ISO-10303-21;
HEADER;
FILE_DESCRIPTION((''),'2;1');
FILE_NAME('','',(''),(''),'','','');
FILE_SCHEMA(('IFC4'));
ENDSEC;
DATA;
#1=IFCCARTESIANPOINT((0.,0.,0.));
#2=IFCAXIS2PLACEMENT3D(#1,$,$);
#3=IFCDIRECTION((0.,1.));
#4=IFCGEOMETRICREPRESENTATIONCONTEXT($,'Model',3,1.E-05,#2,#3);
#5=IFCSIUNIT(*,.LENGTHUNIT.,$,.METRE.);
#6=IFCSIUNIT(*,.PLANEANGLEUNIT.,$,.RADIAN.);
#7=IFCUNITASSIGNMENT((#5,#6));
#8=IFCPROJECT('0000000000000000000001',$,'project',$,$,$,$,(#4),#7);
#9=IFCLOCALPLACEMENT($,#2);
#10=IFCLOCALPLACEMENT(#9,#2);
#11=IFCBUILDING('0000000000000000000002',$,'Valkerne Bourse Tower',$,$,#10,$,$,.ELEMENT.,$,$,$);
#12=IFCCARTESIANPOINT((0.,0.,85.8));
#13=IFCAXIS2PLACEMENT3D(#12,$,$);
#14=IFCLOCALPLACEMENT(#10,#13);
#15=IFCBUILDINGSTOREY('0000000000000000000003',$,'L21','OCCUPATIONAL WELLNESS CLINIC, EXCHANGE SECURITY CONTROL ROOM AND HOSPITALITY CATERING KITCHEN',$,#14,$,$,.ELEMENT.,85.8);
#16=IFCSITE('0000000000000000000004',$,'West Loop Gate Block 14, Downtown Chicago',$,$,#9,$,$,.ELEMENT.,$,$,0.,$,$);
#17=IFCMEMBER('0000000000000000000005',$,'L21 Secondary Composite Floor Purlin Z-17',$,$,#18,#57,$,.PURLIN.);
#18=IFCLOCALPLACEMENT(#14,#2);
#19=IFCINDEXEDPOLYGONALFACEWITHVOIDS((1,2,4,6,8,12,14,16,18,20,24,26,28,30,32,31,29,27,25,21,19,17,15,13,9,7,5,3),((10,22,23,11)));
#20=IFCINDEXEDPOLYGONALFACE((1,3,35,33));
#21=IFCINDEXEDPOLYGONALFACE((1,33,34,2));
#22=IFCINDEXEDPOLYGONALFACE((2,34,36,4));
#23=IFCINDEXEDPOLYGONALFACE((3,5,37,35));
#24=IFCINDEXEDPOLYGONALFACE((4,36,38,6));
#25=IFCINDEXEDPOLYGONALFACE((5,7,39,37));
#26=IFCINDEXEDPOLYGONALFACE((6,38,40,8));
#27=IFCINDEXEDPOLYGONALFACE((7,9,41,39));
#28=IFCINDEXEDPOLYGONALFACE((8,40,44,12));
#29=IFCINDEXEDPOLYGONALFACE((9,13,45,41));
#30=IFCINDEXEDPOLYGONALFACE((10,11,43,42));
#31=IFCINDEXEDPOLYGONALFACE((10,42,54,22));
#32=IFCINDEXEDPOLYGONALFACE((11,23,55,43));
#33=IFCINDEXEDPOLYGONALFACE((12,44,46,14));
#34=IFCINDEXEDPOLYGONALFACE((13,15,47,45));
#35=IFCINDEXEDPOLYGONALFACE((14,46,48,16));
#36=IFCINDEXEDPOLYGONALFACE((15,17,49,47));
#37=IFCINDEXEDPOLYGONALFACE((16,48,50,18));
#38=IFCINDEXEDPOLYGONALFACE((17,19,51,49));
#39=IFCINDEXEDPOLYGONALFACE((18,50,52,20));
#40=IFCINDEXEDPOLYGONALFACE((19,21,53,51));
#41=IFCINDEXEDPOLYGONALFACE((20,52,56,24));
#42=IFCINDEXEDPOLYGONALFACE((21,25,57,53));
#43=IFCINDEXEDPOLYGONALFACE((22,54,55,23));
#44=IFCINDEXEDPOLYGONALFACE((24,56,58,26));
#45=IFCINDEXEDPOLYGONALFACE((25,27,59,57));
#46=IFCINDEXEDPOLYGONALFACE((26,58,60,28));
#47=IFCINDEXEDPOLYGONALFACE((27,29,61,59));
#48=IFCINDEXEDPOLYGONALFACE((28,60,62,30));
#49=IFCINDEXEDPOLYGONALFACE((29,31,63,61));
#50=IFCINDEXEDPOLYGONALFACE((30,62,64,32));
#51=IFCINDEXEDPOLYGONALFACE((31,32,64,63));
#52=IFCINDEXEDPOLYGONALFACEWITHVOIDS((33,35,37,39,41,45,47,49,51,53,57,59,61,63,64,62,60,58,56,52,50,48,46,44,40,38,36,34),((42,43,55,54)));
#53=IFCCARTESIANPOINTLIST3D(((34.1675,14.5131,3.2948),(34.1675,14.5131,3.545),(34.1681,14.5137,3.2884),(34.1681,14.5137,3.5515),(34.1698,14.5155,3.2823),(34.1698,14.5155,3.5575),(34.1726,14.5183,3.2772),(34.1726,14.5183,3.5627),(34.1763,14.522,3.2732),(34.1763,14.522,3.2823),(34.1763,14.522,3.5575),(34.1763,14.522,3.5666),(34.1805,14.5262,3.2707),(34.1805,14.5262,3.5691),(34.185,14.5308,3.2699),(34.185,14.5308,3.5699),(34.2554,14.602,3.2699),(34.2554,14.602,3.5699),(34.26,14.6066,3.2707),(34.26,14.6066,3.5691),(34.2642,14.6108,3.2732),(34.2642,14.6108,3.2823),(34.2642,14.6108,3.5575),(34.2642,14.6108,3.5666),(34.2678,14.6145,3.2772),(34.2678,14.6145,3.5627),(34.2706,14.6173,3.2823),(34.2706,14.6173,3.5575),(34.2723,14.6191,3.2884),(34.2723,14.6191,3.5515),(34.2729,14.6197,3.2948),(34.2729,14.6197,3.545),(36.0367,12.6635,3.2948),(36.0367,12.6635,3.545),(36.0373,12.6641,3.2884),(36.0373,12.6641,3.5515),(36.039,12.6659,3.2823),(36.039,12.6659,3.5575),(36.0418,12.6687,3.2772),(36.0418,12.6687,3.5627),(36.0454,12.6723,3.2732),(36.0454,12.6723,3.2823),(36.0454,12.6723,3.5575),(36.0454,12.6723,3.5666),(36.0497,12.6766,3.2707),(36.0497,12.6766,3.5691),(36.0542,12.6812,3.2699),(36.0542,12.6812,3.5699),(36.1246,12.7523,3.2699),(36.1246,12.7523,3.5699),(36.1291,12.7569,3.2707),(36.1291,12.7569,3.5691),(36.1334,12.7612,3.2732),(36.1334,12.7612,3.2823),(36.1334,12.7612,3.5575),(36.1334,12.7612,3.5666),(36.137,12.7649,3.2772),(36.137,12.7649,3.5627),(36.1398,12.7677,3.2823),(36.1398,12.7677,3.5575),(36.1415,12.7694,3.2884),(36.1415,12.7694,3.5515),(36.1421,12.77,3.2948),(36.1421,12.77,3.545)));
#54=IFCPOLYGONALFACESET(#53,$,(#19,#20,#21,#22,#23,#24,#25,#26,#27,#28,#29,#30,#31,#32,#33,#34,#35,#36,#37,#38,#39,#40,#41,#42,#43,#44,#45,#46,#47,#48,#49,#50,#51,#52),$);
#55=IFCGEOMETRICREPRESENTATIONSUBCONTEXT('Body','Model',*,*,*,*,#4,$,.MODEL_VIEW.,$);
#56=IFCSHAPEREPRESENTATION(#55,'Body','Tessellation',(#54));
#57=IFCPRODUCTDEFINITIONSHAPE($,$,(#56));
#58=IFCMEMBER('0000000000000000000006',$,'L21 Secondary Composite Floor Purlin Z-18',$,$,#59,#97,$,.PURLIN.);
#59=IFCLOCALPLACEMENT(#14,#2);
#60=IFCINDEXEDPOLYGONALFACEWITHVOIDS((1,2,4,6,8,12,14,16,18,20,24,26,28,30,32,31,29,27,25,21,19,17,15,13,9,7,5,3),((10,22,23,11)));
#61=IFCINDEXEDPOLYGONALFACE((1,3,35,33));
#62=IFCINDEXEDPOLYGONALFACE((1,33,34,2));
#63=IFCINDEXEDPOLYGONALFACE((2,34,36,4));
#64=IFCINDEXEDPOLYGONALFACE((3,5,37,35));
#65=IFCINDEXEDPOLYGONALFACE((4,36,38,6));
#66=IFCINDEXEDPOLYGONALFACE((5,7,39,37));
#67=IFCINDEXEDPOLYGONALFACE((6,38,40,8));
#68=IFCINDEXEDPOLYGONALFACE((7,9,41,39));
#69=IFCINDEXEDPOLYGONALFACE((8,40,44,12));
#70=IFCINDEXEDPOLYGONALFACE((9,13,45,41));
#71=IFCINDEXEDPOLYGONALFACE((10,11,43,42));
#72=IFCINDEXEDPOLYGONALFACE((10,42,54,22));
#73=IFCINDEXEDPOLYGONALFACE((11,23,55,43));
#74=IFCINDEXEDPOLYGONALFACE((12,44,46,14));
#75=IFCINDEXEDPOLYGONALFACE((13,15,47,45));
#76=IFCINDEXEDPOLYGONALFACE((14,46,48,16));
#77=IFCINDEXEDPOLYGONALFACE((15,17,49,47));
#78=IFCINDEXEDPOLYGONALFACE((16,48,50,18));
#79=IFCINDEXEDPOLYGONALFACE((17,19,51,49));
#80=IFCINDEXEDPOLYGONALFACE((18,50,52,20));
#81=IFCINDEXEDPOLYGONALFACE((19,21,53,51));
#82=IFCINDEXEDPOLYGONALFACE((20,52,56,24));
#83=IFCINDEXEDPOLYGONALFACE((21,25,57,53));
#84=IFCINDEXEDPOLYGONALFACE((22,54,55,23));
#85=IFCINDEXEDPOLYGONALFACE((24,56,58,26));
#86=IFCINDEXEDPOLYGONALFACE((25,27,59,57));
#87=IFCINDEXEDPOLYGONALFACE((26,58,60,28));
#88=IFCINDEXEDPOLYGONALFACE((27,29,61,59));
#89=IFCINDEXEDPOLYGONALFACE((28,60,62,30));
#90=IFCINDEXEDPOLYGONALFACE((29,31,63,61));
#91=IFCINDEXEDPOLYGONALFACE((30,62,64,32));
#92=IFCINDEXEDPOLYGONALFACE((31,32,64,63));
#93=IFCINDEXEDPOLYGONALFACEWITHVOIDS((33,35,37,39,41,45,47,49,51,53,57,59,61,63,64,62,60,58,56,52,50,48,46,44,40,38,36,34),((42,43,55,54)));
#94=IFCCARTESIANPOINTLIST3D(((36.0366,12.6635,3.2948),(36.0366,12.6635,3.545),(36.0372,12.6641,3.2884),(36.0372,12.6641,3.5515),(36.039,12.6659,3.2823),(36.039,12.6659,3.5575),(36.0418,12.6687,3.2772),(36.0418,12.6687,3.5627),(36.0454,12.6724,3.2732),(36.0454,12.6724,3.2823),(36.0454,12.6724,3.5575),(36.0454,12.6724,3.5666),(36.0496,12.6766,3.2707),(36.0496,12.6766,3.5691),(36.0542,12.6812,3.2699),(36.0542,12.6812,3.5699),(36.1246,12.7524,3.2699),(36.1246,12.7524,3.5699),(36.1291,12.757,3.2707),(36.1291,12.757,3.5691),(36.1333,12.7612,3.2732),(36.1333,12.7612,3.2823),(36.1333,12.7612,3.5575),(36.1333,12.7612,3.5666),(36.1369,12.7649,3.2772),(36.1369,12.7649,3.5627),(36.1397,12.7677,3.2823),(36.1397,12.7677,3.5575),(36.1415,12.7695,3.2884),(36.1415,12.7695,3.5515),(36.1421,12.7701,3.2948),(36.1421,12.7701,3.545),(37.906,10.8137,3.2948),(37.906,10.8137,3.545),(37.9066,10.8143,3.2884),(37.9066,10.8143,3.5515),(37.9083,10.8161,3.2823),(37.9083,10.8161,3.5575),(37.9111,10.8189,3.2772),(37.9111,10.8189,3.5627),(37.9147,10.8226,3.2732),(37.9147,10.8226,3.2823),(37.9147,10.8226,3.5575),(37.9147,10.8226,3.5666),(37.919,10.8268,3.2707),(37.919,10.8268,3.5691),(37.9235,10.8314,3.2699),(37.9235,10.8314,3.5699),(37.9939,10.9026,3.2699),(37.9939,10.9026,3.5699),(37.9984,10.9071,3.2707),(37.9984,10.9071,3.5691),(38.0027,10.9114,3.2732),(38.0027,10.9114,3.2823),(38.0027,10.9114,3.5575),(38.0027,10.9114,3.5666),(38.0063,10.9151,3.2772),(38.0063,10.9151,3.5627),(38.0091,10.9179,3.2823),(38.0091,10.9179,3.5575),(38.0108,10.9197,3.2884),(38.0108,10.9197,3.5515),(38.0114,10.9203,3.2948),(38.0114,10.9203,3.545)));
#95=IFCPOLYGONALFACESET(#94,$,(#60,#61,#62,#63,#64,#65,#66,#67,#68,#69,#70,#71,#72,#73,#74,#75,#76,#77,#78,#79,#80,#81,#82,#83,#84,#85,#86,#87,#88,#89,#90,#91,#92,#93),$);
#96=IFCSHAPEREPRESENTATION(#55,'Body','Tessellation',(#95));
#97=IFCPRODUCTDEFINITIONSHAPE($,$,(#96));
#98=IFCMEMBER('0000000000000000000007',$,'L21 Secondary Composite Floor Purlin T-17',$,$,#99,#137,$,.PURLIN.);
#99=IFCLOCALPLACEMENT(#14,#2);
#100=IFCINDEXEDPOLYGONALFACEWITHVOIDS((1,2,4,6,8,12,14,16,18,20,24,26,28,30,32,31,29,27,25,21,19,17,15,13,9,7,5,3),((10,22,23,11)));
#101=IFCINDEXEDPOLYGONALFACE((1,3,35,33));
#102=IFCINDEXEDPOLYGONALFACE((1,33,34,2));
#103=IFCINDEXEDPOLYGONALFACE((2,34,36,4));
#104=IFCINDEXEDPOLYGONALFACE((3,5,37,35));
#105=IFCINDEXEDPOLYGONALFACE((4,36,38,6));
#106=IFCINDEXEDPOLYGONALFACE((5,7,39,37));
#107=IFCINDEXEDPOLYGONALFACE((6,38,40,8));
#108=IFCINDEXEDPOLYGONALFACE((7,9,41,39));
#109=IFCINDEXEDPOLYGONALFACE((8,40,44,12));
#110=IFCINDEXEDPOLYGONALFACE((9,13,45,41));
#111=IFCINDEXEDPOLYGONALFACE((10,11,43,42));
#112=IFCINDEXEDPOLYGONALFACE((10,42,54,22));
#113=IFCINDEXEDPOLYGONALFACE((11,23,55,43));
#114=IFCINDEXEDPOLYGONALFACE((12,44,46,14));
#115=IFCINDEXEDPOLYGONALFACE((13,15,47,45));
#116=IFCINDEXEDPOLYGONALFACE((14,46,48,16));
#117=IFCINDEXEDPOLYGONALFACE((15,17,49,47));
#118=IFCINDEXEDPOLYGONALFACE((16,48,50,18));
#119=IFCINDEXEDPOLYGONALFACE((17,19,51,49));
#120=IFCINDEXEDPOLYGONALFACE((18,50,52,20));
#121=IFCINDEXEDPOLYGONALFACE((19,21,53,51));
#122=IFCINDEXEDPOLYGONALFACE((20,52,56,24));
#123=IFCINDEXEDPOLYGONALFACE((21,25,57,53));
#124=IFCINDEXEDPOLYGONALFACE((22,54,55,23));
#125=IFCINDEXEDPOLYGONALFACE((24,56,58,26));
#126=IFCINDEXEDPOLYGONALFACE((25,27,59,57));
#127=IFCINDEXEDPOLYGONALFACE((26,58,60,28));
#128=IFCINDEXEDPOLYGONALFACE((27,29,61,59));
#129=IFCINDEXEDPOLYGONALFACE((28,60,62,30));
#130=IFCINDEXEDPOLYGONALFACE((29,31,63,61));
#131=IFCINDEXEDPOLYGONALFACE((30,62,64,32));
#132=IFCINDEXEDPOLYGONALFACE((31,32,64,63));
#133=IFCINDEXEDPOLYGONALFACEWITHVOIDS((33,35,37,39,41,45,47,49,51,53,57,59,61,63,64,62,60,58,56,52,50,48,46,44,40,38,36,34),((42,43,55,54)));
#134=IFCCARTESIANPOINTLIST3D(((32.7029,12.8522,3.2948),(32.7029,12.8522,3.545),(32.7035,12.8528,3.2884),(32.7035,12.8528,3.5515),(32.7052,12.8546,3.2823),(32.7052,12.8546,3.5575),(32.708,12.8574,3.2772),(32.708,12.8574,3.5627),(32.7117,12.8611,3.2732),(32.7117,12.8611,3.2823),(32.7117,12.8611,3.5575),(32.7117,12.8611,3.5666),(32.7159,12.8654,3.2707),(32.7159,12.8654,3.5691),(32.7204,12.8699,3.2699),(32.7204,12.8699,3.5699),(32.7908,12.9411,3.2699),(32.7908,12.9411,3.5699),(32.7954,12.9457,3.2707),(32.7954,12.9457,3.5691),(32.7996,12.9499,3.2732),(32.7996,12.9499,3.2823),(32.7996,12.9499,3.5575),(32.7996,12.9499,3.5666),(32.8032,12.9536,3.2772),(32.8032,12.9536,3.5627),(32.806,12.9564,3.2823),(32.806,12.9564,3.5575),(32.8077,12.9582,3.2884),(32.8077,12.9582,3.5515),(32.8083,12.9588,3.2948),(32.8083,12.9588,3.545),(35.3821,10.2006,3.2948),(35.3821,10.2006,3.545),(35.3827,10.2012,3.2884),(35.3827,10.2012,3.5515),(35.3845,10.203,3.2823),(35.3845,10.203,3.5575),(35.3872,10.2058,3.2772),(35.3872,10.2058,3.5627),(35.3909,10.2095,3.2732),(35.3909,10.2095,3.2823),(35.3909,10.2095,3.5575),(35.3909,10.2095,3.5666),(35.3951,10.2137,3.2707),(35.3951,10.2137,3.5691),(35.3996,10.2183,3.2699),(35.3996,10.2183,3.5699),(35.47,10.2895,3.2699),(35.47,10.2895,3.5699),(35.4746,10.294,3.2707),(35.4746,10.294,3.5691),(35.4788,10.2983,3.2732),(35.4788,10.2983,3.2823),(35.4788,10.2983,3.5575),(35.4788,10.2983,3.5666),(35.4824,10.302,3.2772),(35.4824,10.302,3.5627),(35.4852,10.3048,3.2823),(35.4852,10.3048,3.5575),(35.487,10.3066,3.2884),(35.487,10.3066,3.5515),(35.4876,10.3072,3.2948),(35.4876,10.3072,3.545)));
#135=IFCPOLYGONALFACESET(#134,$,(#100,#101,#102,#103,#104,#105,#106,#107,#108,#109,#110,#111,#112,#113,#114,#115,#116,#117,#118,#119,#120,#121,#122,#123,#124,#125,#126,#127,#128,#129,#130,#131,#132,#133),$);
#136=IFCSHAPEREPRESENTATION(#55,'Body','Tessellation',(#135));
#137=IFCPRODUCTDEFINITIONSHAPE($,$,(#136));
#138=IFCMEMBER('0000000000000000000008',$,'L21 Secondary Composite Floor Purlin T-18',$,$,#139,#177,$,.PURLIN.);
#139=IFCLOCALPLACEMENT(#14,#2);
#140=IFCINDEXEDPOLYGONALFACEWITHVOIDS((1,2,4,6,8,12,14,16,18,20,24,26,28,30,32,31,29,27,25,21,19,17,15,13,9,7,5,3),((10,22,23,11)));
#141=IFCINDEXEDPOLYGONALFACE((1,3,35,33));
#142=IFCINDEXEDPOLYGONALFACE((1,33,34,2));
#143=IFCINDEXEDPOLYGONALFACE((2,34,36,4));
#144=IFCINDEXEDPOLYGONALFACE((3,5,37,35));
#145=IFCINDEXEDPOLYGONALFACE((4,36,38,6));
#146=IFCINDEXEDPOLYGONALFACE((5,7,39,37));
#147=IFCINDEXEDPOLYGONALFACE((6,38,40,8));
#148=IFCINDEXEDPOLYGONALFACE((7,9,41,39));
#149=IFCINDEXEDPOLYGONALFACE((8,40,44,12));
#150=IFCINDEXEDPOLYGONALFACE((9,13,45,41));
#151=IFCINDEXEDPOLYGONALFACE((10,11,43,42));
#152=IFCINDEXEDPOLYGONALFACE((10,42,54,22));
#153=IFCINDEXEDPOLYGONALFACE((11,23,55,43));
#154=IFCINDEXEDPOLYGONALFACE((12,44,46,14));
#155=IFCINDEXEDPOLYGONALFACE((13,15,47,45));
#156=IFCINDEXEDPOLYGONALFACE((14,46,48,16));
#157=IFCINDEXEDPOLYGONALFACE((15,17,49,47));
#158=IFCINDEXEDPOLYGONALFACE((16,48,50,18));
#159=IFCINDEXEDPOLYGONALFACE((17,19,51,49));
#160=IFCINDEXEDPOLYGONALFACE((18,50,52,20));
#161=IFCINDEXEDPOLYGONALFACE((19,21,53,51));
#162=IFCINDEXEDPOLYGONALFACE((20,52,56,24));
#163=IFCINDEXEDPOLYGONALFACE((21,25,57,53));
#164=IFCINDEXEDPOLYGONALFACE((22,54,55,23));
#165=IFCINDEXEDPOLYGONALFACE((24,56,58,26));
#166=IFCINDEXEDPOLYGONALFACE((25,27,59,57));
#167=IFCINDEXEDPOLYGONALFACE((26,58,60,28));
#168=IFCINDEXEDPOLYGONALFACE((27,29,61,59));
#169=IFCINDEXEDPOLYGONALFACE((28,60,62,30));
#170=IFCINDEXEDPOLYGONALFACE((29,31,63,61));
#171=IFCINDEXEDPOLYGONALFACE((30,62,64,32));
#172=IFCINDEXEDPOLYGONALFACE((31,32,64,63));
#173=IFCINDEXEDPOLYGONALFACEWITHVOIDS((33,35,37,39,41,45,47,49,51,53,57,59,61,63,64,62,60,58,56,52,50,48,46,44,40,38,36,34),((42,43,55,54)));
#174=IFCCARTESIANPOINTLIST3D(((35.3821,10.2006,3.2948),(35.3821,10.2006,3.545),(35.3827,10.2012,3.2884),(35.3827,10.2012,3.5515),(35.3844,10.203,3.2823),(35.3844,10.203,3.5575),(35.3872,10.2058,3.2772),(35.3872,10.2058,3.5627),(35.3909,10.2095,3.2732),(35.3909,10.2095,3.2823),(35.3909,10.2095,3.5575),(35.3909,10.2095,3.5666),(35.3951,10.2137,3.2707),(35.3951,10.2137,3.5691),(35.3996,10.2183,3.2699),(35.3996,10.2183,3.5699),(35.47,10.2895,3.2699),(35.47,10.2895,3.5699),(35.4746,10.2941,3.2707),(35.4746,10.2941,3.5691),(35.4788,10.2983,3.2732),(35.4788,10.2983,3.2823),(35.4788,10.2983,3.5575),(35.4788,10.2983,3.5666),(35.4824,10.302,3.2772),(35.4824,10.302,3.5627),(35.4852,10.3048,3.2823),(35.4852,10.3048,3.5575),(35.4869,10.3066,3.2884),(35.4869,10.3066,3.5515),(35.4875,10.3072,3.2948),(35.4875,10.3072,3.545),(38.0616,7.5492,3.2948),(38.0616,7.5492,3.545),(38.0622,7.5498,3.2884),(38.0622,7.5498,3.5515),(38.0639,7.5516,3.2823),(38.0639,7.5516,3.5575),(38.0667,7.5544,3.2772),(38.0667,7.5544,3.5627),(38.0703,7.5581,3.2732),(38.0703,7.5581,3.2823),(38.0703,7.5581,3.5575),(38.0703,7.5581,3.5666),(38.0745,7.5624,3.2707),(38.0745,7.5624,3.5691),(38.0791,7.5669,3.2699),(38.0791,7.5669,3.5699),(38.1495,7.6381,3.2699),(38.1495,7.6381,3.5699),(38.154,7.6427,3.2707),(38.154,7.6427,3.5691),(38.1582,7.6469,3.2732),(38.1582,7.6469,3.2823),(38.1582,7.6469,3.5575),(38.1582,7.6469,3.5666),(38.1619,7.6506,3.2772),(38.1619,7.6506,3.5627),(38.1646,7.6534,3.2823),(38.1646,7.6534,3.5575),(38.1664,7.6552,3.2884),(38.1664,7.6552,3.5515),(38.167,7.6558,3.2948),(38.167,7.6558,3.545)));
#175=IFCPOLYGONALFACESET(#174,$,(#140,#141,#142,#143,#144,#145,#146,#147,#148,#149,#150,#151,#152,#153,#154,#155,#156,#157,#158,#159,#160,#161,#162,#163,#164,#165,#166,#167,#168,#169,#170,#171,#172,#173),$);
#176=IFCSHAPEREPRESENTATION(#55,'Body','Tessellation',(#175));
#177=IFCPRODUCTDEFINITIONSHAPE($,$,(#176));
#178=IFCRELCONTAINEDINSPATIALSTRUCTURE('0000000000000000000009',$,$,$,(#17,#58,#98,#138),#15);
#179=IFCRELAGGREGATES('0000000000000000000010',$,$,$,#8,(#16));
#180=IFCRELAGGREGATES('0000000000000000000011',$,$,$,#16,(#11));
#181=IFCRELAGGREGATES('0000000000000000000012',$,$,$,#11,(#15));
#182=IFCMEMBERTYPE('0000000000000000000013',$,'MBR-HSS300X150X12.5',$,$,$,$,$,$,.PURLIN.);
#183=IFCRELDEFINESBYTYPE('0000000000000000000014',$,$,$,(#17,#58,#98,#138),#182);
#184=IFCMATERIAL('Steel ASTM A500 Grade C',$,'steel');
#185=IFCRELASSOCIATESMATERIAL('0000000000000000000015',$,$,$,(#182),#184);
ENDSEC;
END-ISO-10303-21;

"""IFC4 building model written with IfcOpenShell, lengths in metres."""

from ifc_helpers import new_model, si_unit, direction, frame, origin, origin_2d, place, context, subcontext, project, spatial, hollow_rectangle, extrude, material, material_profile, profile_set, type_object, element, save


model = new_model("IFC4")

# Units and contexts
model_context = context("Model", 3, precision=1e-05, world=origin(), true_north=direction((0.0, 1.0)))
body_context = subcontext(model_context, "Body", "Model", "MODEL_VIEW")
ifc_project = project(units=[si_unit("LENGTHUNIT", "METRE"), si_unit("PLANEANGLEUNIT", "RADIAN")], contexts=[model_context])

# Site, building, storey
site_placement = place(None, origin())
site = spatial("IfcSite", under=ifc_project, at=site_placement, Name="West Loop Gate Block 14, Downtown Chicago", CompositionType="ELEMENT", RefElevation=0.0)
building_placement = place(site_placement, origin())
building = spatial("IfcBuilding", under=site, at=building_placement, Name="Valkerne Bourse Tower", CompositionType="ELEMENT")
storey_placement = place(building_placement, frame((0.0, 0.0, 85.8)))
storey = spatial("IfcBuildingStorey", under=building, at=storey_placement, Name="L21", Description="OCCUPATIONAL WELLNESS CLINIC, EXCHANGE SECURITY CONTROL ROOM AND HOSPITALITY CATERING KITCHEN", CompositionType="ELEMENT", Elevation=85.8)

# Members
ifc_material_1 = material(Name="Steel ASTM A500 Grade C", Category="steel")
ifc_material_profile_1 = material_profile(ifc_material_1, hollow_rectangle(XDim=0.1499, YDim=0.3, WallThickness=0.0125, OuterFilletRadius=0.0249, at=origin_2d()), Name="HSS300X150X12.5")
ifc_profile_set_1 = profile_set([ifc_material_profile_1], Name="Steel ASTM A500 Grade C")
member_type_1 = type_object("IfcMemberType", Name="MBR-HSS300X150X12.5", PredefinedType="PURLIN", material=ifc_profile_set_1)
member_1_placement = place(storey_placement, frame((34.2202, 14.5664, 3.4199), z_axis=(0.710811, -0.703383, 0.0), x_axis=(0.703383, 0.710811, 0.0)))
element("IfcMember", 1, at=member_1_placement, inside=storey, type_object=member_type_1, Name="L21 Secondary Composite Floor Purlin Z-17", PredefinedType="PURLIN", context=body_context, shape_type="SweptSolid", body=[
    extrude(hollow_rectangle(XDim=0.1499, YDim=0.3, WallThickness=0.0125, OuterFilletRadius=0.0249, at=origin_2d()), origin(), (0.0, 0.0, 1.0), 2.6296),
])
member_2_placement = place(storey_placement, frame((36.0894, 12.7168, 3.4199), z_axis=(0.71081, -0.703384, 0.0), x_axis=(0.703384, 0.71081, 0.0)))
element("IfcMember", 2, at=member_2_placement, inside=storey, type_object=member_type_1, Name="L21 Secondary Composite Floor Purlin Z-18", PredefinedType="PURLIN", context=body_context, shape_type="SweptSolid", body=[
    extrude(hollow_rectangle(XDim=0.1499, YDim=0.3, WallThickness=0.0125, OuterFilletRadius=0.0249, at=origin_2d()), origin(), (0.0, 0.0, 1.0), 2.6299),
])
for number, where, z_axis, x_axis, name in (
    (3, (32.7556, 12.9055, 3.4199), (0.710757, -0.703438, 0.0), (0.703438, 0.710757, 0.0), "L21 Secondary Composite Floor Purlin T-17"),
    (4, (35.4348, 10.2539, 3.4199), (0.710821, -0.703373, 0.0), (0.703373, 0.710821, 0.0), "L21 Secondary Composite Floor Purlin T-18"),
):
    element("IfcMember", number, at=place(storey_placement, frame(where, z_axis=z_axis, x_axis=x_axis)), inside=storey, type_object=member_type_1, Name=name, PredefinedType="PURLIN", context=body_context, shape_type="SweptSolid", body=[
        extrude(hollow_rectangle(XDim=0.1499, YDim=0.3, WallThickness=0.0125, OuterFilletRadius=0.0249, at=origin_2d()), origin(), (0.0, 0.0, 1.0), 3.7695),
    ])

save(model, "model.ifc")
